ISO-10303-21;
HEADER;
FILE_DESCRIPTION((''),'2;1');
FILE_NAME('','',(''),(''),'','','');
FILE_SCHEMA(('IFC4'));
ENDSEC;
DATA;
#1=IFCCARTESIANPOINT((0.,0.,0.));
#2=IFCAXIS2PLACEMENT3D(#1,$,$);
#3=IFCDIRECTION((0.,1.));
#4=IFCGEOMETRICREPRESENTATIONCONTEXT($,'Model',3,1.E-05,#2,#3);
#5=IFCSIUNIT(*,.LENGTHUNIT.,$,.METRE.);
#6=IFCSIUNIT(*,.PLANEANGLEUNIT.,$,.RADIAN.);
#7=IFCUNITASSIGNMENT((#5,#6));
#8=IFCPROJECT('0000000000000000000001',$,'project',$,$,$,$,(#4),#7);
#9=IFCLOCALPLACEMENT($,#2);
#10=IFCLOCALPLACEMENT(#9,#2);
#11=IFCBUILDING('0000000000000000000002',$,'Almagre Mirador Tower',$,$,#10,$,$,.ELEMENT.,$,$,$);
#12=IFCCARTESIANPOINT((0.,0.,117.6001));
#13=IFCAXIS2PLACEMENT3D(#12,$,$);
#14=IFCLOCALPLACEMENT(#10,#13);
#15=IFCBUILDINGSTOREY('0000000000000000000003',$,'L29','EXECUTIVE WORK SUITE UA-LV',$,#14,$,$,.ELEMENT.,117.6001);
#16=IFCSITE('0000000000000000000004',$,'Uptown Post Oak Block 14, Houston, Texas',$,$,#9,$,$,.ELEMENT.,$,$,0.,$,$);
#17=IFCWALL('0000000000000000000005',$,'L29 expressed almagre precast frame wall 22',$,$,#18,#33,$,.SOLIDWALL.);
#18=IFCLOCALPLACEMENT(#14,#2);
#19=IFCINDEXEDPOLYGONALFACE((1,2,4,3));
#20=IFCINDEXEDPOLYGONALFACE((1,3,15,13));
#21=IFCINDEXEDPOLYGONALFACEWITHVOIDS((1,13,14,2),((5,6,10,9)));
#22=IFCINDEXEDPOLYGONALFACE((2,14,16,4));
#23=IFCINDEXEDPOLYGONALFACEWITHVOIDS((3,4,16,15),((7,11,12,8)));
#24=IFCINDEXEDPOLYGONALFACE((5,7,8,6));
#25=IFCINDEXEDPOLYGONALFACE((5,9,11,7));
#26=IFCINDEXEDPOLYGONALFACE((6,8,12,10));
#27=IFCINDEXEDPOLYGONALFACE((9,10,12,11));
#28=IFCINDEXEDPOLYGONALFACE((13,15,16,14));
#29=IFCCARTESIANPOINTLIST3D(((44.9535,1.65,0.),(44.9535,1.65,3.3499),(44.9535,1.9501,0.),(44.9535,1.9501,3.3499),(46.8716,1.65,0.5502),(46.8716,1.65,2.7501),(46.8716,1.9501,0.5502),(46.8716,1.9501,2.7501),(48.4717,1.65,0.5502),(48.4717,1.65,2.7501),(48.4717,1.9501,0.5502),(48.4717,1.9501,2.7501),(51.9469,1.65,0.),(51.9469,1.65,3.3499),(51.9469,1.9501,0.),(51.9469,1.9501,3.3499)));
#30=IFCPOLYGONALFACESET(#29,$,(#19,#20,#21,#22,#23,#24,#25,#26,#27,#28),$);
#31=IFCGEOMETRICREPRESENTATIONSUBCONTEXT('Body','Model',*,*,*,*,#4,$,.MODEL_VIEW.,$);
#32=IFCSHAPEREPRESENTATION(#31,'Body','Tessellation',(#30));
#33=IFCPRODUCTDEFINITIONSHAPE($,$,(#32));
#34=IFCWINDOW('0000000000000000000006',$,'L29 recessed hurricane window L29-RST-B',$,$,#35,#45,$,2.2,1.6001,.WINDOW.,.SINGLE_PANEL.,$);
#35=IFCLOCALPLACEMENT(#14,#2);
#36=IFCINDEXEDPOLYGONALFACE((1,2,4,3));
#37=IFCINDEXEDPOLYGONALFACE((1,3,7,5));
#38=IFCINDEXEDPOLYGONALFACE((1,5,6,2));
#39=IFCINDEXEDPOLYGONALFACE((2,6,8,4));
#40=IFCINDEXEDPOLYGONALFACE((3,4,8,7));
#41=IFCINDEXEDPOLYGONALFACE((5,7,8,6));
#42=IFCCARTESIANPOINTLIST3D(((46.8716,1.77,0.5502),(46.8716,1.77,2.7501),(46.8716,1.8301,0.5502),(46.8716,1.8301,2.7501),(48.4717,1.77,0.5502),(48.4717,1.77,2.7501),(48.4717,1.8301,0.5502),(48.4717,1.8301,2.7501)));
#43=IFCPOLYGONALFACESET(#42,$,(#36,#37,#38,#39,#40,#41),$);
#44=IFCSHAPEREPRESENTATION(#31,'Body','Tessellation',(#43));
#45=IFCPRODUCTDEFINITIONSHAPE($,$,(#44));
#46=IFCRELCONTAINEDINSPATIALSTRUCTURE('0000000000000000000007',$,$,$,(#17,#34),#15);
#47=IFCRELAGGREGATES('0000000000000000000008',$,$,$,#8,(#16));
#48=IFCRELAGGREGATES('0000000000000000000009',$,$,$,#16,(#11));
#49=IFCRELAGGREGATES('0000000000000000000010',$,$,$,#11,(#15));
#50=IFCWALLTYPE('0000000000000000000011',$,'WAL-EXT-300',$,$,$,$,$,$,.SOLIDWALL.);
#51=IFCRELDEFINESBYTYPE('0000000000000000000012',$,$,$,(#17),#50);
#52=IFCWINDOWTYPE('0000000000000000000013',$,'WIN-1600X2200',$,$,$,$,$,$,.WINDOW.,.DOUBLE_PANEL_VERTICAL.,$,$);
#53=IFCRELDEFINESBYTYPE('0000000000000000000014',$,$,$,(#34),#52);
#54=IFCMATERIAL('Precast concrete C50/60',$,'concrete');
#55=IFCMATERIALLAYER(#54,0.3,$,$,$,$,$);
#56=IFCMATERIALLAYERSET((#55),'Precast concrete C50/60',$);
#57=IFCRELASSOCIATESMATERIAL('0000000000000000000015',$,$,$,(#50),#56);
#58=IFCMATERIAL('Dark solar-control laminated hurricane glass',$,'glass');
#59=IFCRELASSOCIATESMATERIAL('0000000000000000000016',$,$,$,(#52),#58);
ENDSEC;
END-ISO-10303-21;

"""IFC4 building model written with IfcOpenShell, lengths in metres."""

from ifc_helpers import new_model, si_unit, direction, frame, frame_2d, origin, place, context, subcontext, project, spatial, rectangle, extrude, material, layer, layer_set, type_object, element, fill, save


model = new_model("IFC4")

# Units and contexts
model_context = context("Model", 3, precision=1e-05, world=origin(), true_north=direction((0.0, 1.0)))
body_context = subcontext(model_context, "Body", "Model", "MODEL_VIEW")
ifc_project = project(units=[si_unit("LENGTHUNIT", "METRE"), si_unit("PLANEANGLEUNIT", "RADIAN")], contexts=[model_context])

# Site, building, storey
site_placement = place(None, origin())
site = spatial("IfcSite", under=ifc_project, at=site_placement, Name="Uptown Post Oak Block 14, Houston, Texas", CompositionType="ELEMENT", RefElevation=0.0)
building_placement = place(site_placement, origin())
building = spatial("IfcBuilding", under=site, at=building_placement, Name="Almagre Mirador Tower", CompositionType="ELEMENT")
storey_placement = place(building_placement, frame((0.0, 0.0, 117.6001)))
storey = spatial("IfcBuildingStorey", under=building, at=storey_placement, Name="L29", Description="EXECUTIVE WORK SUITE UA-LV", CompositionType="ELEMENT", Elevation=117.6001)

# Shared definitions
ifc_material_1 = material(Name="Precast concrete C50/60", Category="concrete")
ifc_layer = layer(ifc_material_1, 0.3)
ifc_layer_set = layer_set([ifc_layer], Name="Precast concrete C50/60")
wall_type = type_object("IfcWallType", Name="WAL-EXT-300", PredefinedType="SOLIDWALL", material=ifc_layer_set)
ifc_material_2 = material(Name="Dark solar-control laminated hurricane glass", Category="glass")
window_type_1 = type_object("IfcWindowType", Name="WIN-1600X2200", PartitioningType="DOUBLE_PANEL_VERTICAL", PredefinedType="WINDOW", material=ifc_material_2)

# Wall, opening, window
wall_1_placement = place(storey_placement, frame((51.9468, 1.8, 0.0), z_axis=(0.0, 0.0, 1.0), x_axis=(-1.0, 0.0, 0.0)))
wall_1 = element("IfcWall", 1, at=wall_1_placement, inside=storey, type_object=wall_type, Name="L29 expressed almagre precast frame wall 22", PredefinedType="SOLIDWALL", context=body_context, shape_type="SweptSolid", body=[
    extrude(rectangle(XDim=6.9934, YDim=0.3, at=frame_2d((3.4966, 0.0))), origin(), (0.0, 0.0, 1.0), 3.3499),
])
opening_1_placement = place(wall_1_placement, frame((3.4751, 0.0, 0.55)))
opening_1 = element("IfcOpeningElement", 2, at=opening_1_placement, cuts=wall_1, PredefinedType="OPENING", context=body_context, shape_type="SweptSolid", body=[
    extrude(rectangle(XDim=1.6001, YDim=2.2, at=frame_2d((0.8, 1.1001))), frame((0.0, 0.1599, 0.0), z_axis=(0.0, -1.0, 0.0), x_axis=(1.0, 0.0, 0.0)), (0.0, 0.0, 1.0), 0.32),
])
window_1_placement = place(opening_1_placement, origin())
window_1 = element("IfcWindow", 3, at=window_1_placement, inside=storey, type_object=window_type_1, Name="L29 recessed hurricane window L29-RST-B", OverallHeight=2.2, OverallWidth=1.6001, PartitioningType="SINGLE_PANEL", PredefinedType="WINDOW", context=body_context, shape_type="SweptSolid", body=[
    extrude(rectangle(XDim=1.6001, YDim=2.2, at=frame_2d((0.8, 1.1001))), frame((0.0, 0.03, 0.0), z_axis=(0.0, -1.0, 0.0), x_axis=(1.0, 0.0, 0.0)), (0.0, 0.0, 1.0), 0.0601),
])
fill(opening_1, window_1)

save(model, "model.ifc")
